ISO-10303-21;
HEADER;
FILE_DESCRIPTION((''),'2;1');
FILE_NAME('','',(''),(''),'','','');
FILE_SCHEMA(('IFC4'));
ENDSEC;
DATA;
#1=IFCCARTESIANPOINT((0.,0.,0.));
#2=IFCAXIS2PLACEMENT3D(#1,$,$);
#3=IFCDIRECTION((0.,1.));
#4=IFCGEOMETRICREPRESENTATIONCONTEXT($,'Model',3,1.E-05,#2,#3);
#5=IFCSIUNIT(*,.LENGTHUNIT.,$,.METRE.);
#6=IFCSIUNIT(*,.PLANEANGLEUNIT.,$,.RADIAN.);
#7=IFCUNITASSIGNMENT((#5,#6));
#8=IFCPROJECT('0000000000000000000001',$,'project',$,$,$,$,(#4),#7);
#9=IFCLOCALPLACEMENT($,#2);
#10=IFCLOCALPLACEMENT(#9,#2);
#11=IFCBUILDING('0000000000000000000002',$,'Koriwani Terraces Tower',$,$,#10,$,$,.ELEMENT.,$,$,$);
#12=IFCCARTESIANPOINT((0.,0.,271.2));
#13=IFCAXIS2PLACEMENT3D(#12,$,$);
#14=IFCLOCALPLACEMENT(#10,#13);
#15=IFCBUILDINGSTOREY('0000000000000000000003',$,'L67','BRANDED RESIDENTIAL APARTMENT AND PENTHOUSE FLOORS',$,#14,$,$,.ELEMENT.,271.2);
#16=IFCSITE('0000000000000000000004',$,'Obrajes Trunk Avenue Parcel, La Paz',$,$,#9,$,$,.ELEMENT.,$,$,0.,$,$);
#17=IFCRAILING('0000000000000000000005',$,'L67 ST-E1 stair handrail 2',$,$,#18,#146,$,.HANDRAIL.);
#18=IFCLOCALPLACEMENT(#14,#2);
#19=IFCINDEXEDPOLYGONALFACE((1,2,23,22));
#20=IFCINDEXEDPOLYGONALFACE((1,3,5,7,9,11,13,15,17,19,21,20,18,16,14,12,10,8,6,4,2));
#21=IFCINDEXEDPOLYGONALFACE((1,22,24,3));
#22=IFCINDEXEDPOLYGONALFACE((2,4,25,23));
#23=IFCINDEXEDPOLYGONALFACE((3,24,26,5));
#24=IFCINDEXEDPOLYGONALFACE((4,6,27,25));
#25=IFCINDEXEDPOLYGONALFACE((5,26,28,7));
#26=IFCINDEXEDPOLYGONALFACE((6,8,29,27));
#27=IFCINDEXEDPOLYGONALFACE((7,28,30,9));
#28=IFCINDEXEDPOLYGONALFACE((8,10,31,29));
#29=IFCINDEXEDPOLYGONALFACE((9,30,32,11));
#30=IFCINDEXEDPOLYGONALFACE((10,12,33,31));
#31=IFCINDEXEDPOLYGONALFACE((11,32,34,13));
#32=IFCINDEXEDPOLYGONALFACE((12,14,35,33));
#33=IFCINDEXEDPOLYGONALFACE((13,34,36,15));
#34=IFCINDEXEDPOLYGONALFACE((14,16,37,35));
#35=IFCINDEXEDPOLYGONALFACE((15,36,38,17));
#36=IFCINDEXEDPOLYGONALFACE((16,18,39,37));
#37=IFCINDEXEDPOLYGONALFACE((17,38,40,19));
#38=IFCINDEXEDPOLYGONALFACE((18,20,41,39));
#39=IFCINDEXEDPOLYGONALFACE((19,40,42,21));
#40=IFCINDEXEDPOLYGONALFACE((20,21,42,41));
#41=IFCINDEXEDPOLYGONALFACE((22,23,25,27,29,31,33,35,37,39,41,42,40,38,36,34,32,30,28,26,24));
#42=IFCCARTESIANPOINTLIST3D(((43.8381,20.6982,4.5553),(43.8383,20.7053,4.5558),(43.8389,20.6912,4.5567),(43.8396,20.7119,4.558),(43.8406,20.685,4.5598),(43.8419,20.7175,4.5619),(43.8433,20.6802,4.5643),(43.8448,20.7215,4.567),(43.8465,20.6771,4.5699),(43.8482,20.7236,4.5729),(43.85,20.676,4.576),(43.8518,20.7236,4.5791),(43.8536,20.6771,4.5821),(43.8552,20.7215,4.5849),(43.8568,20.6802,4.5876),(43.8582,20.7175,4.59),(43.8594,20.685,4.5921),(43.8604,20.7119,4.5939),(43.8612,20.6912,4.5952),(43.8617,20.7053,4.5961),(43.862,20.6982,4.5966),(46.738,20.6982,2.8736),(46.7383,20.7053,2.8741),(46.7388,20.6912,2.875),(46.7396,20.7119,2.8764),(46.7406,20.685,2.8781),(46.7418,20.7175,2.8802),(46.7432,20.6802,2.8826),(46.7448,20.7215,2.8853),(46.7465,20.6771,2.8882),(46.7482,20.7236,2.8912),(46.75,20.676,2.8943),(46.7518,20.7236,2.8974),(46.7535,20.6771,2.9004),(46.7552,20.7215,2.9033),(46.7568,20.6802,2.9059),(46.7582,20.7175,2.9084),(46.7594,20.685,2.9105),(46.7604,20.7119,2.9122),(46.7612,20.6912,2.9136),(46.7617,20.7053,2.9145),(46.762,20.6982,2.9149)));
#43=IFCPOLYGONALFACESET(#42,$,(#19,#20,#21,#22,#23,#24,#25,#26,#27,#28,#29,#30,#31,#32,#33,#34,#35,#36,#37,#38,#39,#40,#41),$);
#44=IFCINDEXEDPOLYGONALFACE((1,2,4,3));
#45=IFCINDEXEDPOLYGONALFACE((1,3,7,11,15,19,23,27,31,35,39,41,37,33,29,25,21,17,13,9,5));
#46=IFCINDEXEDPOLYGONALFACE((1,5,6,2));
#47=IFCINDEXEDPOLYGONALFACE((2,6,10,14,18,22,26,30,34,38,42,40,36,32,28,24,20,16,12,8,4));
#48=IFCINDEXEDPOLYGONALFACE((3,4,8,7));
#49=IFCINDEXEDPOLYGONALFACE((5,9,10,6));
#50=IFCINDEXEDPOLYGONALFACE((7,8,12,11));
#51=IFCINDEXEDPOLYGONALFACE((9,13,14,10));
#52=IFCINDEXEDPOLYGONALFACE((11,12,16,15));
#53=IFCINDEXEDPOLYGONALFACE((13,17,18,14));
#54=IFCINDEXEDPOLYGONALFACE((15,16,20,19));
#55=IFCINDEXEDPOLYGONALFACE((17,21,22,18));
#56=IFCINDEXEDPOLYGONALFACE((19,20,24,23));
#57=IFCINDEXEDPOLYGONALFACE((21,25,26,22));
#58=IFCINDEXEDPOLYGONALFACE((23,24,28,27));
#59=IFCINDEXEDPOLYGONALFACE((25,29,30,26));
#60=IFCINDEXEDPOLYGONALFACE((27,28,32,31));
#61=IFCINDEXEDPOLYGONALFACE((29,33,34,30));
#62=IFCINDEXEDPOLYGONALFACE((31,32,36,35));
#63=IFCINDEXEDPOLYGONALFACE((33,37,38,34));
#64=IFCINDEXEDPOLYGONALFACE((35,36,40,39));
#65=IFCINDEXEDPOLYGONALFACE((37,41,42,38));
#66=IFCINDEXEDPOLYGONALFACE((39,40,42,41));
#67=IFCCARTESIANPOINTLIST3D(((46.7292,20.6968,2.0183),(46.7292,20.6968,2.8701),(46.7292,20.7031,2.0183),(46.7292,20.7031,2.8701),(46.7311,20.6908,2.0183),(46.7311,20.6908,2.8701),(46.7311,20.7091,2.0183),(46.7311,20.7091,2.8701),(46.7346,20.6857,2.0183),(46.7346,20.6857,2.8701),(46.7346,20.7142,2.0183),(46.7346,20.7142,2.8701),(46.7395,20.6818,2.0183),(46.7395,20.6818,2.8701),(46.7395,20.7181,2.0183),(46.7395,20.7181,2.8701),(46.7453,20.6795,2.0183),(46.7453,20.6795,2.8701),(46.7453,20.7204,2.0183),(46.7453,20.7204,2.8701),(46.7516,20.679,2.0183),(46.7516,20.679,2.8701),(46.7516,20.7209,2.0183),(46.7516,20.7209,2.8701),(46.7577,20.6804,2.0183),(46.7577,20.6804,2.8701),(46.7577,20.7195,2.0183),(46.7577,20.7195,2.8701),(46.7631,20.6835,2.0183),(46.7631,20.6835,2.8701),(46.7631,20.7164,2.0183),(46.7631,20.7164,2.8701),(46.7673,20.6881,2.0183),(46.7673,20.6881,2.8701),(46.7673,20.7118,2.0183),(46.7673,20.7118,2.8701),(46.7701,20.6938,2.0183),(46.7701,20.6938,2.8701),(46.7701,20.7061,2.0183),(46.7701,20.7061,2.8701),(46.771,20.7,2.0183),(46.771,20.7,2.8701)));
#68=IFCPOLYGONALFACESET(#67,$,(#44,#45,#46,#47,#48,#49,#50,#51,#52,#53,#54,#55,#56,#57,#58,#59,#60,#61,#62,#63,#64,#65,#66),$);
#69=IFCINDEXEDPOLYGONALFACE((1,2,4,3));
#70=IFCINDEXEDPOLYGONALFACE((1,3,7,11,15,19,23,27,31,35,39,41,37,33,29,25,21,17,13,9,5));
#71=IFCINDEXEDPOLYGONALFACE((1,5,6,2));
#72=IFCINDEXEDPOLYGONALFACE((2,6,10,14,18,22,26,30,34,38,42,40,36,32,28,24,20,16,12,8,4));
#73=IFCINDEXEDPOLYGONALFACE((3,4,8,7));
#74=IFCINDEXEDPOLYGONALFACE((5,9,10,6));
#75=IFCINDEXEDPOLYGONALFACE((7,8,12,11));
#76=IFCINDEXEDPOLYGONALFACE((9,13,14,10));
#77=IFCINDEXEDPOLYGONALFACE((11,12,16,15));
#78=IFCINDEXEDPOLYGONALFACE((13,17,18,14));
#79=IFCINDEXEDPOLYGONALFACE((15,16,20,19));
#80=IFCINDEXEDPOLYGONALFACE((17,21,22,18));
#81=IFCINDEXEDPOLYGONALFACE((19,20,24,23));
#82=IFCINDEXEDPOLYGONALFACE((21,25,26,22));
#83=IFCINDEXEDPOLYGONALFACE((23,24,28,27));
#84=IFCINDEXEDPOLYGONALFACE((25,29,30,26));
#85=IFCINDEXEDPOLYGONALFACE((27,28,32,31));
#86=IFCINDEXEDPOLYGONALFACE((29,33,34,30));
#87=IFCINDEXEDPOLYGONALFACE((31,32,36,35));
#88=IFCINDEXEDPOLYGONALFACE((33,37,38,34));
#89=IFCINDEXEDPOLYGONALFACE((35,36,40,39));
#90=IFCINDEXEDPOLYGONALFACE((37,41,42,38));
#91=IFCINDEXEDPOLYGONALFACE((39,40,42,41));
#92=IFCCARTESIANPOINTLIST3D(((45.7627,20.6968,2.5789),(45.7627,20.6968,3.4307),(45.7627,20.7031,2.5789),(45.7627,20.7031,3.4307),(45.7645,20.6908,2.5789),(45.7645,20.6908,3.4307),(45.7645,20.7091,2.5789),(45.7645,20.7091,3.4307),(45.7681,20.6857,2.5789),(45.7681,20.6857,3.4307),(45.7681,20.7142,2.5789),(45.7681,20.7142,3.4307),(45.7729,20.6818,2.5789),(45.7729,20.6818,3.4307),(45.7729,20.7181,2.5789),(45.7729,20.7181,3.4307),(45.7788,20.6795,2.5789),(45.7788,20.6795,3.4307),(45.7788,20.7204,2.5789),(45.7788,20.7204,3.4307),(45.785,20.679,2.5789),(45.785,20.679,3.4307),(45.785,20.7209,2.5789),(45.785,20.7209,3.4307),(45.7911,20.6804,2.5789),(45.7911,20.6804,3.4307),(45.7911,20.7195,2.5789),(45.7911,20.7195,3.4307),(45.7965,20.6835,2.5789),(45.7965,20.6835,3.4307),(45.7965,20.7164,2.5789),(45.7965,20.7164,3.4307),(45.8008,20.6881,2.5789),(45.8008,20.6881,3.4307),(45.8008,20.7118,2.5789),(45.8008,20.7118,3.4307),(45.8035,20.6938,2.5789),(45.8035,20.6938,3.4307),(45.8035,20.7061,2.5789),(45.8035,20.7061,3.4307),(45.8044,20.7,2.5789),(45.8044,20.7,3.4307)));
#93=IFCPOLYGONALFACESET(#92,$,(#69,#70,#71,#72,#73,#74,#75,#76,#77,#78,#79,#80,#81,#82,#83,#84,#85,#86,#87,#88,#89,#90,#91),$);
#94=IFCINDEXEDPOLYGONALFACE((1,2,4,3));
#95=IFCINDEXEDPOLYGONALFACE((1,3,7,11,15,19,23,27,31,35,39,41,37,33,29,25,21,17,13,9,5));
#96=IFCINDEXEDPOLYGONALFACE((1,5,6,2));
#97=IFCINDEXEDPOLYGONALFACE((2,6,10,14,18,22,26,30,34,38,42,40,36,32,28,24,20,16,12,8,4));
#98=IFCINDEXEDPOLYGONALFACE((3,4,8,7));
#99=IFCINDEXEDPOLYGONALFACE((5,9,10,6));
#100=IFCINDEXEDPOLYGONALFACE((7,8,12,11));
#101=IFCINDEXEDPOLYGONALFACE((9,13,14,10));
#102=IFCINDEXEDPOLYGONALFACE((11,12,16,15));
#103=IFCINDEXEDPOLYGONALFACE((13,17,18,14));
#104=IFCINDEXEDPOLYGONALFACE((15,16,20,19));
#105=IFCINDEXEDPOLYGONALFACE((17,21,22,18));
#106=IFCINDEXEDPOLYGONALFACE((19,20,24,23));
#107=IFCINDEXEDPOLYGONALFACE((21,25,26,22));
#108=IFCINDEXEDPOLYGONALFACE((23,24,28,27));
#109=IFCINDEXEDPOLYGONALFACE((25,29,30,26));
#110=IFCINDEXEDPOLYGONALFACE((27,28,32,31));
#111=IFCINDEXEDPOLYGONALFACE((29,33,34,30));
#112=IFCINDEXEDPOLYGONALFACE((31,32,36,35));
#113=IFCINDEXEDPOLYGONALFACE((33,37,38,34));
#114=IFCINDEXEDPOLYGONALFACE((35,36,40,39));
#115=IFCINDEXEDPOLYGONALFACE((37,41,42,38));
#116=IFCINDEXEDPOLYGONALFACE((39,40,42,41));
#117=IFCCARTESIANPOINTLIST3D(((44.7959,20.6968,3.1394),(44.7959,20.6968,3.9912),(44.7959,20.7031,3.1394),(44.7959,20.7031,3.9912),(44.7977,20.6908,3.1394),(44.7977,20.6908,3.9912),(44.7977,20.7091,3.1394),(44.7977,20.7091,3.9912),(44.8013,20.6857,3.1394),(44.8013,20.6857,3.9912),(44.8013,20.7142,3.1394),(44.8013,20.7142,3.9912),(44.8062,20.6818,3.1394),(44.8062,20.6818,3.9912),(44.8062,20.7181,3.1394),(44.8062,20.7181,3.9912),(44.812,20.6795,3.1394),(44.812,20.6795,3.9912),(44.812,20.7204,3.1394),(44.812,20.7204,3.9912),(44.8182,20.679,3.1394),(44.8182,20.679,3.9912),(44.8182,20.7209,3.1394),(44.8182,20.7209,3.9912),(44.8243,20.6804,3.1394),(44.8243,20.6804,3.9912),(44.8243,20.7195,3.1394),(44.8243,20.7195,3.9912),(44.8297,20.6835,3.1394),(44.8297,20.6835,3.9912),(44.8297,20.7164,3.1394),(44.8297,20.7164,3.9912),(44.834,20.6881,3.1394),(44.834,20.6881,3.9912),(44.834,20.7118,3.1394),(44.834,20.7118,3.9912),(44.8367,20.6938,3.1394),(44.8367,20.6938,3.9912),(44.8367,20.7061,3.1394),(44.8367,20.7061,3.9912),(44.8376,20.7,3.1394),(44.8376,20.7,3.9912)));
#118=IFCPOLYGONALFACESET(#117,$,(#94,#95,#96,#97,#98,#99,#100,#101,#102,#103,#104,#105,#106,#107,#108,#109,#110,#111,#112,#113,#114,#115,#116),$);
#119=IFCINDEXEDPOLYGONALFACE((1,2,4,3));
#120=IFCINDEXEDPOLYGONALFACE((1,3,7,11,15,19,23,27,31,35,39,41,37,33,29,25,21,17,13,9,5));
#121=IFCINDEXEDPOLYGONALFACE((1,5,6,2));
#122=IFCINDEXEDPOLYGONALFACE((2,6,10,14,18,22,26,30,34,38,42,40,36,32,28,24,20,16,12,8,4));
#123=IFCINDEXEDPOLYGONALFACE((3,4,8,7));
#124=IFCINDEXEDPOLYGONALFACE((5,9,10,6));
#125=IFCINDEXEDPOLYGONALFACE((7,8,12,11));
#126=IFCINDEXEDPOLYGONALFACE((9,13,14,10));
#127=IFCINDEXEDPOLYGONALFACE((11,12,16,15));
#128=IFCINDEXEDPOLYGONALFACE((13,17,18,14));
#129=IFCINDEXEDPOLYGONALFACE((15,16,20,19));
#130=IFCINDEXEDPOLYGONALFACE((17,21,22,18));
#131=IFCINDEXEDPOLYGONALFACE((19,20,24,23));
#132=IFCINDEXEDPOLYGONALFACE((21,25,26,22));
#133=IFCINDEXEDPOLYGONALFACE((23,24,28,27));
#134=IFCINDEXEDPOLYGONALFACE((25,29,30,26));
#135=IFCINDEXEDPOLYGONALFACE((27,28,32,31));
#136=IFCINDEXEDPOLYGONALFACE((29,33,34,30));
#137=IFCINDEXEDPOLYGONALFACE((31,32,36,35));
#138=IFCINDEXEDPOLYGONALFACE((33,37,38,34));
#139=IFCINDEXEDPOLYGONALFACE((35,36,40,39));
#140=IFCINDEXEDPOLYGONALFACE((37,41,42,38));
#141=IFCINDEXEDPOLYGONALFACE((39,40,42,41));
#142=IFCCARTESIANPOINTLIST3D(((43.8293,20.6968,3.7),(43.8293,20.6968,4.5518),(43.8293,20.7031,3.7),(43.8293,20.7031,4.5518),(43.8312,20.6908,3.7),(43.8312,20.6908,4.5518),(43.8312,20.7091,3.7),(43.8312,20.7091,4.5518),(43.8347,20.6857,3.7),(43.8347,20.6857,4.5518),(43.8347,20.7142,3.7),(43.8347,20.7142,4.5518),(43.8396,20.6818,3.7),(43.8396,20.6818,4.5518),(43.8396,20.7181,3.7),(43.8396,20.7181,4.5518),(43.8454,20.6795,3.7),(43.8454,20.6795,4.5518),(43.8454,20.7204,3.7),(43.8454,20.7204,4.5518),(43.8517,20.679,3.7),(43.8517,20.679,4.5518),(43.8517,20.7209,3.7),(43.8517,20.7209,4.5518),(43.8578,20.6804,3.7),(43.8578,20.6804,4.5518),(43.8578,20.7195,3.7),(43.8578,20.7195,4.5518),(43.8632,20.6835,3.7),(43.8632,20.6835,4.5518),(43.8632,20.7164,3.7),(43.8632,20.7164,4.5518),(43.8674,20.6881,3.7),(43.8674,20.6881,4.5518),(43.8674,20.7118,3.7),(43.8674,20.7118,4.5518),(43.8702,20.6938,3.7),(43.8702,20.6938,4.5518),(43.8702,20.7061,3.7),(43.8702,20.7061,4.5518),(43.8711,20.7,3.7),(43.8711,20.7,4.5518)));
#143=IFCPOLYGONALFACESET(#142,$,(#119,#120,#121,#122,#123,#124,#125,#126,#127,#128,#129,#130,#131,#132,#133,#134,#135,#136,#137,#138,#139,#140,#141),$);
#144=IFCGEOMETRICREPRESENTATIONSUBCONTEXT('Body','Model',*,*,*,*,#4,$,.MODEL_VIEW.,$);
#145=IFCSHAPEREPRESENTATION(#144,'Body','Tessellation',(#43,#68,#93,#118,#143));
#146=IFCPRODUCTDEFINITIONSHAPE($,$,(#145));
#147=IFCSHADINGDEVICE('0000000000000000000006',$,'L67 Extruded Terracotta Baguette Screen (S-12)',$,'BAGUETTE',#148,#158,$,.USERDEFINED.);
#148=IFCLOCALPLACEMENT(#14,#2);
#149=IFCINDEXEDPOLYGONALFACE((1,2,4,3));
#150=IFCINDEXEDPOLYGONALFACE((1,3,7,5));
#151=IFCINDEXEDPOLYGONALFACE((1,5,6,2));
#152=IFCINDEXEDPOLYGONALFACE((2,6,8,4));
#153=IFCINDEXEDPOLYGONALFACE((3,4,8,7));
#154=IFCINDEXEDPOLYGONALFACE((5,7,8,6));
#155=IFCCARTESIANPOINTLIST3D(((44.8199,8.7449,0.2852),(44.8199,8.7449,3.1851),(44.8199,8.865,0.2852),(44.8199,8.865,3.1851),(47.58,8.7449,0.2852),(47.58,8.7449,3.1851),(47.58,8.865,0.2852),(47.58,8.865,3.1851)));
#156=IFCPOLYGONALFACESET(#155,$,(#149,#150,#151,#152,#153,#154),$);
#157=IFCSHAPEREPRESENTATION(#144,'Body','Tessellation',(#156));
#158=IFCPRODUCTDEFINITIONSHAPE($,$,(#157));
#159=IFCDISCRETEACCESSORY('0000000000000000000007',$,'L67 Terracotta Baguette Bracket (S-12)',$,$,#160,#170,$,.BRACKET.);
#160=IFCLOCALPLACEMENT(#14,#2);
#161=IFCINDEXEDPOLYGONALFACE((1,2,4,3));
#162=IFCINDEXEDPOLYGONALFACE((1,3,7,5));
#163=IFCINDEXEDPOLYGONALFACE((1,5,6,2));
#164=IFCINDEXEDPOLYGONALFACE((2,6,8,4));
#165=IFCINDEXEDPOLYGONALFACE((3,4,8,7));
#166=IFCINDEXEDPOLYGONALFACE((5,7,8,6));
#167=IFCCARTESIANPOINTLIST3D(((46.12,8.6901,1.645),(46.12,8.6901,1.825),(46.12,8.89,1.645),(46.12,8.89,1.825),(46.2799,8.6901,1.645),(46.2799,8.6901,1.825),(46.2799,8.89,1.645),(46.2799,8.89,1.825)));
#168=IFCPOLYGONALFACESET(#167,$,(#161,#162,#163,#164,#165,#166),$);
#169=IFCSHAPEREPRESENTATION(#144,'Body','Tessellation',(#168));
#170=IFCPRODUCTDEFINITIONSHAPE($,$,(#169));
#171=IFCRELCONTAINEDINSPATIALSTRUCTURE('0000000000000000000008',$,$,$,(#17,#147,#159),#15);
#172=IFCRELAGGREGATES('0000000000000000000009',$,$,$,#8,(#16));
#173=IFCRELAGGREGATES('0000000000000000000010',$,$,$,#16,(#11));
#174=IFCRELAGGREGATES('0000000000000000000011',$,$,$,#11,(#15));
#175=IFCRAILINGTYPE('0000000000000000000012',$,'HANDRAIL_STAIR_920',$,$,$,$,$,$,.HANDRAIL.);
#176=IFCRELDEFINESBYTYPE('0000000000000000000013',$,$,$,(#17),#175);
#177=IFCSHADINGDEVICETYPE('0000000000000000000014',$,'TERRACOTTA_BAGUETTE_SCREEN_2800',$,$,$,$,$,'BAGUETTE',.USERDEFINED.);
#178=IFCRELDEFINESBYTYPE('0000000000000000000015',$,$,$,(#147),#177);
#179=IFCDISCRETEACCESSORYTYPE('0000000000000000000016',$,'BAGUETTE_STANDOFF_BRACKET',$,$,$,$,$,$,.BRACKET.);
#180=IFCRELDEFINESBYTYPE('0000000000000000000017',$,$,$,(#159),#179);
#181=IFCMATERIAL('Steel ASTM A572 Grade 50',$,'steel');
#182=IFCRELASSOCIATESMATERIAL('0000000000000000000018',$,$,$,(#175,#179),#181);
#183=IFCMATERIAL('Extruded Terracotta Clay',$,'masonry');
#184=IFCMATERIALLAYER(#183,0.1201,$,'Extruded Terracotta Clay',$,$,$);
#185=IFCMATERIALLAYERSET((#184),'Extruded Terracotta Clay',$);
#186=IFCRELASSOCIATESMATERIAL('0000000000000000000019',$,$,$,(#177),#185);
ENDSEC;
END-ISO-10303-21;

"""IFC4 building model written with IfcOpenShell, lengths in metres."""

from ifc_helpers import new_model, si_unit, direction, frame, origin, origin_2d, place, context, subcontext, project, spatial, rectangle, circle, extrude, material, layer, layer_set, type_object, element, save


model = new_model("IFC4")

# Units and contexts
model_context = context("Model", 3, precision=1e-05, world=origin(), true_north=direction((0.0, 1.0)))
body_context = subcontext(model_context, "Body", "Model", "MODEL_VIEW")
ifc_project = project(units=[si_unit("LENGTHUNIT", "METRE"), si_unit("PLANEANGLEUNIT", "RADIAN")], contexts=[model_context])

# Site, building, storey
site_placement = place(None, origin())
site = spatial("IfcSite", under=ifc_project, at=site_placement, Name="Obrajes Trunk Avenue Parcel, La Paz", CompositionType="ELEMENT", RefElevation=0.0)
building_placement = place(site_placement, origin())
building = spatial("IfcBuilding", under=site, at=building_placement, Name="Koriwani Terraces Tower", CompositionType="ELEMENT")
storey_placement = place(building_placement, frame((0.0, 0.0, 271.2)))
storey = spatial("IfcBuildingStorey", under=building, at=storey_placement, Name="L67", Description="BRANDED RESIDENTIAL APARTMENT AND PENTHOUSE FLOORS", CompositionType="ELEMENT", Elevation=271.2)

# Shared definitions
ifc_material_1 = material(Name="Steel ASTM A572 Grade 50", Category="steel")

# Railing
railing_type_1 = type_object("IfcRailingType", Name="HANDRAIL_STAIR_920", PredefinedType="HANDRAIL", material=ifc_material_1)
railing_1_placement = place(storey_placement, frame((46.75, 20.7, 2.0183)))
element("IfcRailing", 1, at=railing_1_placement, inside=storey, type_object=railing_type_1, Name="L67 ST-E1 stair handrail 2", PredefinedType="HANDRAIL", context=body_context, shape_type="SweptSolid", body=[
    extrude(circle(Radius=0.0239, at=origin_2d()), frame((0.0, 0.0, 0.876), z_axis=(-0.86507, 0.0, 0.501651), x_axis=(0.0, -1.0, 0.0)), (0.0, 0.0, 1.0), 3.3523),
    extrude(circle(Radius=0.021, at=origin_2d()), origin(), (0.0, 0.0, 1.0), 0.8518),
    extrude(circle(Radius=0.021, at=origin_2d()), frame((-0.9666, 0.0, 0.5605)), (0.0, 0.0, 1.0), 0.8518),
    extrude(circle(Radius=0.021, at=origin_2d()), frame((-1.9333, 0.0, 1.1211)), (0.0, 0.0, 1.0), 0.8518),
    extrude(circle(Radius=0.021, at=origin_2d()), frame((-2.8999, 0.0, 1.6816)), (0.0, 0.0, 1.0), 0.8518),
])

# Shading device
ifc_material_2 = material(Name="Extruded Terracotta Clay", Category="masonry")
ifc_layer_1 = layer(ifc_material_2, 0.1201, Name="Extruded Terracotta Clay")
ifc_layer_set_1 = layer_set([ifc_layer_1], Name="Extruded Terracotta Clay")
shading_device_type = type_object("IfcShadingDeviceType", Name="TERRACOTTA_BAGUETTE_SCREEN_2800", ElementType="BAGUETTE", PredefinedType="USERDEFINED", material=ifc_layer_set_1)
shading_device_placement = place(storey_placement, frame((46.2, 8.8049, 0.2852), z_axis=(0.0, 0.0, 1.0), x_axis=(-1.0, 0.0, 0.0)))
element("IfcShadingDevice", 2, at=shading_device_placement, inside=storey, type_object=shading_device_type, Name="L67 Extruded Terracotta Baguette Screen (S-12)", ObjectType="BAGUETTE", PredefinedType="USERDEFINED", context=body_context, shape_type="SweptSolid", body=[
    extrude(rectangle(XDim=2.76, YDim=0.1201, at=origin_2d()), origin(), (0.0, 0.0, 1.0), 2.8999),
])

# Discrete accessory
discrete_accessory_type = type_object("IfcDiscreteAccessoryType", Name="BAGUETTE_STANDOFF_BRACKET", PredefinedType="BRACKET", material=ifc_material_1)
discrete_accessory_placement = place(storey_placement, frame((46.2, 8.79, 1.645), z_axis=(0.0, 0.0, 1.0), x_axis=(-1.0, 0.0, 0.0)))
element("IfcDiscreteAccessory", 3, at=discrete_accessory_placement, inside=storey, type_object=discrete_accessory_type, Name="L67 Terracotta Baguette Bracket (S-12)", PredefinedType="BRACKET", context=body_context, shape_type="SweptSolid", body=[
    extrude(rectangle(XDim=0.1599, YDim=0.2, at=origin_2d()), origin(), (0.0, 0.0, 1.0), 0.1799),
])

save(model, "model.ifc")
